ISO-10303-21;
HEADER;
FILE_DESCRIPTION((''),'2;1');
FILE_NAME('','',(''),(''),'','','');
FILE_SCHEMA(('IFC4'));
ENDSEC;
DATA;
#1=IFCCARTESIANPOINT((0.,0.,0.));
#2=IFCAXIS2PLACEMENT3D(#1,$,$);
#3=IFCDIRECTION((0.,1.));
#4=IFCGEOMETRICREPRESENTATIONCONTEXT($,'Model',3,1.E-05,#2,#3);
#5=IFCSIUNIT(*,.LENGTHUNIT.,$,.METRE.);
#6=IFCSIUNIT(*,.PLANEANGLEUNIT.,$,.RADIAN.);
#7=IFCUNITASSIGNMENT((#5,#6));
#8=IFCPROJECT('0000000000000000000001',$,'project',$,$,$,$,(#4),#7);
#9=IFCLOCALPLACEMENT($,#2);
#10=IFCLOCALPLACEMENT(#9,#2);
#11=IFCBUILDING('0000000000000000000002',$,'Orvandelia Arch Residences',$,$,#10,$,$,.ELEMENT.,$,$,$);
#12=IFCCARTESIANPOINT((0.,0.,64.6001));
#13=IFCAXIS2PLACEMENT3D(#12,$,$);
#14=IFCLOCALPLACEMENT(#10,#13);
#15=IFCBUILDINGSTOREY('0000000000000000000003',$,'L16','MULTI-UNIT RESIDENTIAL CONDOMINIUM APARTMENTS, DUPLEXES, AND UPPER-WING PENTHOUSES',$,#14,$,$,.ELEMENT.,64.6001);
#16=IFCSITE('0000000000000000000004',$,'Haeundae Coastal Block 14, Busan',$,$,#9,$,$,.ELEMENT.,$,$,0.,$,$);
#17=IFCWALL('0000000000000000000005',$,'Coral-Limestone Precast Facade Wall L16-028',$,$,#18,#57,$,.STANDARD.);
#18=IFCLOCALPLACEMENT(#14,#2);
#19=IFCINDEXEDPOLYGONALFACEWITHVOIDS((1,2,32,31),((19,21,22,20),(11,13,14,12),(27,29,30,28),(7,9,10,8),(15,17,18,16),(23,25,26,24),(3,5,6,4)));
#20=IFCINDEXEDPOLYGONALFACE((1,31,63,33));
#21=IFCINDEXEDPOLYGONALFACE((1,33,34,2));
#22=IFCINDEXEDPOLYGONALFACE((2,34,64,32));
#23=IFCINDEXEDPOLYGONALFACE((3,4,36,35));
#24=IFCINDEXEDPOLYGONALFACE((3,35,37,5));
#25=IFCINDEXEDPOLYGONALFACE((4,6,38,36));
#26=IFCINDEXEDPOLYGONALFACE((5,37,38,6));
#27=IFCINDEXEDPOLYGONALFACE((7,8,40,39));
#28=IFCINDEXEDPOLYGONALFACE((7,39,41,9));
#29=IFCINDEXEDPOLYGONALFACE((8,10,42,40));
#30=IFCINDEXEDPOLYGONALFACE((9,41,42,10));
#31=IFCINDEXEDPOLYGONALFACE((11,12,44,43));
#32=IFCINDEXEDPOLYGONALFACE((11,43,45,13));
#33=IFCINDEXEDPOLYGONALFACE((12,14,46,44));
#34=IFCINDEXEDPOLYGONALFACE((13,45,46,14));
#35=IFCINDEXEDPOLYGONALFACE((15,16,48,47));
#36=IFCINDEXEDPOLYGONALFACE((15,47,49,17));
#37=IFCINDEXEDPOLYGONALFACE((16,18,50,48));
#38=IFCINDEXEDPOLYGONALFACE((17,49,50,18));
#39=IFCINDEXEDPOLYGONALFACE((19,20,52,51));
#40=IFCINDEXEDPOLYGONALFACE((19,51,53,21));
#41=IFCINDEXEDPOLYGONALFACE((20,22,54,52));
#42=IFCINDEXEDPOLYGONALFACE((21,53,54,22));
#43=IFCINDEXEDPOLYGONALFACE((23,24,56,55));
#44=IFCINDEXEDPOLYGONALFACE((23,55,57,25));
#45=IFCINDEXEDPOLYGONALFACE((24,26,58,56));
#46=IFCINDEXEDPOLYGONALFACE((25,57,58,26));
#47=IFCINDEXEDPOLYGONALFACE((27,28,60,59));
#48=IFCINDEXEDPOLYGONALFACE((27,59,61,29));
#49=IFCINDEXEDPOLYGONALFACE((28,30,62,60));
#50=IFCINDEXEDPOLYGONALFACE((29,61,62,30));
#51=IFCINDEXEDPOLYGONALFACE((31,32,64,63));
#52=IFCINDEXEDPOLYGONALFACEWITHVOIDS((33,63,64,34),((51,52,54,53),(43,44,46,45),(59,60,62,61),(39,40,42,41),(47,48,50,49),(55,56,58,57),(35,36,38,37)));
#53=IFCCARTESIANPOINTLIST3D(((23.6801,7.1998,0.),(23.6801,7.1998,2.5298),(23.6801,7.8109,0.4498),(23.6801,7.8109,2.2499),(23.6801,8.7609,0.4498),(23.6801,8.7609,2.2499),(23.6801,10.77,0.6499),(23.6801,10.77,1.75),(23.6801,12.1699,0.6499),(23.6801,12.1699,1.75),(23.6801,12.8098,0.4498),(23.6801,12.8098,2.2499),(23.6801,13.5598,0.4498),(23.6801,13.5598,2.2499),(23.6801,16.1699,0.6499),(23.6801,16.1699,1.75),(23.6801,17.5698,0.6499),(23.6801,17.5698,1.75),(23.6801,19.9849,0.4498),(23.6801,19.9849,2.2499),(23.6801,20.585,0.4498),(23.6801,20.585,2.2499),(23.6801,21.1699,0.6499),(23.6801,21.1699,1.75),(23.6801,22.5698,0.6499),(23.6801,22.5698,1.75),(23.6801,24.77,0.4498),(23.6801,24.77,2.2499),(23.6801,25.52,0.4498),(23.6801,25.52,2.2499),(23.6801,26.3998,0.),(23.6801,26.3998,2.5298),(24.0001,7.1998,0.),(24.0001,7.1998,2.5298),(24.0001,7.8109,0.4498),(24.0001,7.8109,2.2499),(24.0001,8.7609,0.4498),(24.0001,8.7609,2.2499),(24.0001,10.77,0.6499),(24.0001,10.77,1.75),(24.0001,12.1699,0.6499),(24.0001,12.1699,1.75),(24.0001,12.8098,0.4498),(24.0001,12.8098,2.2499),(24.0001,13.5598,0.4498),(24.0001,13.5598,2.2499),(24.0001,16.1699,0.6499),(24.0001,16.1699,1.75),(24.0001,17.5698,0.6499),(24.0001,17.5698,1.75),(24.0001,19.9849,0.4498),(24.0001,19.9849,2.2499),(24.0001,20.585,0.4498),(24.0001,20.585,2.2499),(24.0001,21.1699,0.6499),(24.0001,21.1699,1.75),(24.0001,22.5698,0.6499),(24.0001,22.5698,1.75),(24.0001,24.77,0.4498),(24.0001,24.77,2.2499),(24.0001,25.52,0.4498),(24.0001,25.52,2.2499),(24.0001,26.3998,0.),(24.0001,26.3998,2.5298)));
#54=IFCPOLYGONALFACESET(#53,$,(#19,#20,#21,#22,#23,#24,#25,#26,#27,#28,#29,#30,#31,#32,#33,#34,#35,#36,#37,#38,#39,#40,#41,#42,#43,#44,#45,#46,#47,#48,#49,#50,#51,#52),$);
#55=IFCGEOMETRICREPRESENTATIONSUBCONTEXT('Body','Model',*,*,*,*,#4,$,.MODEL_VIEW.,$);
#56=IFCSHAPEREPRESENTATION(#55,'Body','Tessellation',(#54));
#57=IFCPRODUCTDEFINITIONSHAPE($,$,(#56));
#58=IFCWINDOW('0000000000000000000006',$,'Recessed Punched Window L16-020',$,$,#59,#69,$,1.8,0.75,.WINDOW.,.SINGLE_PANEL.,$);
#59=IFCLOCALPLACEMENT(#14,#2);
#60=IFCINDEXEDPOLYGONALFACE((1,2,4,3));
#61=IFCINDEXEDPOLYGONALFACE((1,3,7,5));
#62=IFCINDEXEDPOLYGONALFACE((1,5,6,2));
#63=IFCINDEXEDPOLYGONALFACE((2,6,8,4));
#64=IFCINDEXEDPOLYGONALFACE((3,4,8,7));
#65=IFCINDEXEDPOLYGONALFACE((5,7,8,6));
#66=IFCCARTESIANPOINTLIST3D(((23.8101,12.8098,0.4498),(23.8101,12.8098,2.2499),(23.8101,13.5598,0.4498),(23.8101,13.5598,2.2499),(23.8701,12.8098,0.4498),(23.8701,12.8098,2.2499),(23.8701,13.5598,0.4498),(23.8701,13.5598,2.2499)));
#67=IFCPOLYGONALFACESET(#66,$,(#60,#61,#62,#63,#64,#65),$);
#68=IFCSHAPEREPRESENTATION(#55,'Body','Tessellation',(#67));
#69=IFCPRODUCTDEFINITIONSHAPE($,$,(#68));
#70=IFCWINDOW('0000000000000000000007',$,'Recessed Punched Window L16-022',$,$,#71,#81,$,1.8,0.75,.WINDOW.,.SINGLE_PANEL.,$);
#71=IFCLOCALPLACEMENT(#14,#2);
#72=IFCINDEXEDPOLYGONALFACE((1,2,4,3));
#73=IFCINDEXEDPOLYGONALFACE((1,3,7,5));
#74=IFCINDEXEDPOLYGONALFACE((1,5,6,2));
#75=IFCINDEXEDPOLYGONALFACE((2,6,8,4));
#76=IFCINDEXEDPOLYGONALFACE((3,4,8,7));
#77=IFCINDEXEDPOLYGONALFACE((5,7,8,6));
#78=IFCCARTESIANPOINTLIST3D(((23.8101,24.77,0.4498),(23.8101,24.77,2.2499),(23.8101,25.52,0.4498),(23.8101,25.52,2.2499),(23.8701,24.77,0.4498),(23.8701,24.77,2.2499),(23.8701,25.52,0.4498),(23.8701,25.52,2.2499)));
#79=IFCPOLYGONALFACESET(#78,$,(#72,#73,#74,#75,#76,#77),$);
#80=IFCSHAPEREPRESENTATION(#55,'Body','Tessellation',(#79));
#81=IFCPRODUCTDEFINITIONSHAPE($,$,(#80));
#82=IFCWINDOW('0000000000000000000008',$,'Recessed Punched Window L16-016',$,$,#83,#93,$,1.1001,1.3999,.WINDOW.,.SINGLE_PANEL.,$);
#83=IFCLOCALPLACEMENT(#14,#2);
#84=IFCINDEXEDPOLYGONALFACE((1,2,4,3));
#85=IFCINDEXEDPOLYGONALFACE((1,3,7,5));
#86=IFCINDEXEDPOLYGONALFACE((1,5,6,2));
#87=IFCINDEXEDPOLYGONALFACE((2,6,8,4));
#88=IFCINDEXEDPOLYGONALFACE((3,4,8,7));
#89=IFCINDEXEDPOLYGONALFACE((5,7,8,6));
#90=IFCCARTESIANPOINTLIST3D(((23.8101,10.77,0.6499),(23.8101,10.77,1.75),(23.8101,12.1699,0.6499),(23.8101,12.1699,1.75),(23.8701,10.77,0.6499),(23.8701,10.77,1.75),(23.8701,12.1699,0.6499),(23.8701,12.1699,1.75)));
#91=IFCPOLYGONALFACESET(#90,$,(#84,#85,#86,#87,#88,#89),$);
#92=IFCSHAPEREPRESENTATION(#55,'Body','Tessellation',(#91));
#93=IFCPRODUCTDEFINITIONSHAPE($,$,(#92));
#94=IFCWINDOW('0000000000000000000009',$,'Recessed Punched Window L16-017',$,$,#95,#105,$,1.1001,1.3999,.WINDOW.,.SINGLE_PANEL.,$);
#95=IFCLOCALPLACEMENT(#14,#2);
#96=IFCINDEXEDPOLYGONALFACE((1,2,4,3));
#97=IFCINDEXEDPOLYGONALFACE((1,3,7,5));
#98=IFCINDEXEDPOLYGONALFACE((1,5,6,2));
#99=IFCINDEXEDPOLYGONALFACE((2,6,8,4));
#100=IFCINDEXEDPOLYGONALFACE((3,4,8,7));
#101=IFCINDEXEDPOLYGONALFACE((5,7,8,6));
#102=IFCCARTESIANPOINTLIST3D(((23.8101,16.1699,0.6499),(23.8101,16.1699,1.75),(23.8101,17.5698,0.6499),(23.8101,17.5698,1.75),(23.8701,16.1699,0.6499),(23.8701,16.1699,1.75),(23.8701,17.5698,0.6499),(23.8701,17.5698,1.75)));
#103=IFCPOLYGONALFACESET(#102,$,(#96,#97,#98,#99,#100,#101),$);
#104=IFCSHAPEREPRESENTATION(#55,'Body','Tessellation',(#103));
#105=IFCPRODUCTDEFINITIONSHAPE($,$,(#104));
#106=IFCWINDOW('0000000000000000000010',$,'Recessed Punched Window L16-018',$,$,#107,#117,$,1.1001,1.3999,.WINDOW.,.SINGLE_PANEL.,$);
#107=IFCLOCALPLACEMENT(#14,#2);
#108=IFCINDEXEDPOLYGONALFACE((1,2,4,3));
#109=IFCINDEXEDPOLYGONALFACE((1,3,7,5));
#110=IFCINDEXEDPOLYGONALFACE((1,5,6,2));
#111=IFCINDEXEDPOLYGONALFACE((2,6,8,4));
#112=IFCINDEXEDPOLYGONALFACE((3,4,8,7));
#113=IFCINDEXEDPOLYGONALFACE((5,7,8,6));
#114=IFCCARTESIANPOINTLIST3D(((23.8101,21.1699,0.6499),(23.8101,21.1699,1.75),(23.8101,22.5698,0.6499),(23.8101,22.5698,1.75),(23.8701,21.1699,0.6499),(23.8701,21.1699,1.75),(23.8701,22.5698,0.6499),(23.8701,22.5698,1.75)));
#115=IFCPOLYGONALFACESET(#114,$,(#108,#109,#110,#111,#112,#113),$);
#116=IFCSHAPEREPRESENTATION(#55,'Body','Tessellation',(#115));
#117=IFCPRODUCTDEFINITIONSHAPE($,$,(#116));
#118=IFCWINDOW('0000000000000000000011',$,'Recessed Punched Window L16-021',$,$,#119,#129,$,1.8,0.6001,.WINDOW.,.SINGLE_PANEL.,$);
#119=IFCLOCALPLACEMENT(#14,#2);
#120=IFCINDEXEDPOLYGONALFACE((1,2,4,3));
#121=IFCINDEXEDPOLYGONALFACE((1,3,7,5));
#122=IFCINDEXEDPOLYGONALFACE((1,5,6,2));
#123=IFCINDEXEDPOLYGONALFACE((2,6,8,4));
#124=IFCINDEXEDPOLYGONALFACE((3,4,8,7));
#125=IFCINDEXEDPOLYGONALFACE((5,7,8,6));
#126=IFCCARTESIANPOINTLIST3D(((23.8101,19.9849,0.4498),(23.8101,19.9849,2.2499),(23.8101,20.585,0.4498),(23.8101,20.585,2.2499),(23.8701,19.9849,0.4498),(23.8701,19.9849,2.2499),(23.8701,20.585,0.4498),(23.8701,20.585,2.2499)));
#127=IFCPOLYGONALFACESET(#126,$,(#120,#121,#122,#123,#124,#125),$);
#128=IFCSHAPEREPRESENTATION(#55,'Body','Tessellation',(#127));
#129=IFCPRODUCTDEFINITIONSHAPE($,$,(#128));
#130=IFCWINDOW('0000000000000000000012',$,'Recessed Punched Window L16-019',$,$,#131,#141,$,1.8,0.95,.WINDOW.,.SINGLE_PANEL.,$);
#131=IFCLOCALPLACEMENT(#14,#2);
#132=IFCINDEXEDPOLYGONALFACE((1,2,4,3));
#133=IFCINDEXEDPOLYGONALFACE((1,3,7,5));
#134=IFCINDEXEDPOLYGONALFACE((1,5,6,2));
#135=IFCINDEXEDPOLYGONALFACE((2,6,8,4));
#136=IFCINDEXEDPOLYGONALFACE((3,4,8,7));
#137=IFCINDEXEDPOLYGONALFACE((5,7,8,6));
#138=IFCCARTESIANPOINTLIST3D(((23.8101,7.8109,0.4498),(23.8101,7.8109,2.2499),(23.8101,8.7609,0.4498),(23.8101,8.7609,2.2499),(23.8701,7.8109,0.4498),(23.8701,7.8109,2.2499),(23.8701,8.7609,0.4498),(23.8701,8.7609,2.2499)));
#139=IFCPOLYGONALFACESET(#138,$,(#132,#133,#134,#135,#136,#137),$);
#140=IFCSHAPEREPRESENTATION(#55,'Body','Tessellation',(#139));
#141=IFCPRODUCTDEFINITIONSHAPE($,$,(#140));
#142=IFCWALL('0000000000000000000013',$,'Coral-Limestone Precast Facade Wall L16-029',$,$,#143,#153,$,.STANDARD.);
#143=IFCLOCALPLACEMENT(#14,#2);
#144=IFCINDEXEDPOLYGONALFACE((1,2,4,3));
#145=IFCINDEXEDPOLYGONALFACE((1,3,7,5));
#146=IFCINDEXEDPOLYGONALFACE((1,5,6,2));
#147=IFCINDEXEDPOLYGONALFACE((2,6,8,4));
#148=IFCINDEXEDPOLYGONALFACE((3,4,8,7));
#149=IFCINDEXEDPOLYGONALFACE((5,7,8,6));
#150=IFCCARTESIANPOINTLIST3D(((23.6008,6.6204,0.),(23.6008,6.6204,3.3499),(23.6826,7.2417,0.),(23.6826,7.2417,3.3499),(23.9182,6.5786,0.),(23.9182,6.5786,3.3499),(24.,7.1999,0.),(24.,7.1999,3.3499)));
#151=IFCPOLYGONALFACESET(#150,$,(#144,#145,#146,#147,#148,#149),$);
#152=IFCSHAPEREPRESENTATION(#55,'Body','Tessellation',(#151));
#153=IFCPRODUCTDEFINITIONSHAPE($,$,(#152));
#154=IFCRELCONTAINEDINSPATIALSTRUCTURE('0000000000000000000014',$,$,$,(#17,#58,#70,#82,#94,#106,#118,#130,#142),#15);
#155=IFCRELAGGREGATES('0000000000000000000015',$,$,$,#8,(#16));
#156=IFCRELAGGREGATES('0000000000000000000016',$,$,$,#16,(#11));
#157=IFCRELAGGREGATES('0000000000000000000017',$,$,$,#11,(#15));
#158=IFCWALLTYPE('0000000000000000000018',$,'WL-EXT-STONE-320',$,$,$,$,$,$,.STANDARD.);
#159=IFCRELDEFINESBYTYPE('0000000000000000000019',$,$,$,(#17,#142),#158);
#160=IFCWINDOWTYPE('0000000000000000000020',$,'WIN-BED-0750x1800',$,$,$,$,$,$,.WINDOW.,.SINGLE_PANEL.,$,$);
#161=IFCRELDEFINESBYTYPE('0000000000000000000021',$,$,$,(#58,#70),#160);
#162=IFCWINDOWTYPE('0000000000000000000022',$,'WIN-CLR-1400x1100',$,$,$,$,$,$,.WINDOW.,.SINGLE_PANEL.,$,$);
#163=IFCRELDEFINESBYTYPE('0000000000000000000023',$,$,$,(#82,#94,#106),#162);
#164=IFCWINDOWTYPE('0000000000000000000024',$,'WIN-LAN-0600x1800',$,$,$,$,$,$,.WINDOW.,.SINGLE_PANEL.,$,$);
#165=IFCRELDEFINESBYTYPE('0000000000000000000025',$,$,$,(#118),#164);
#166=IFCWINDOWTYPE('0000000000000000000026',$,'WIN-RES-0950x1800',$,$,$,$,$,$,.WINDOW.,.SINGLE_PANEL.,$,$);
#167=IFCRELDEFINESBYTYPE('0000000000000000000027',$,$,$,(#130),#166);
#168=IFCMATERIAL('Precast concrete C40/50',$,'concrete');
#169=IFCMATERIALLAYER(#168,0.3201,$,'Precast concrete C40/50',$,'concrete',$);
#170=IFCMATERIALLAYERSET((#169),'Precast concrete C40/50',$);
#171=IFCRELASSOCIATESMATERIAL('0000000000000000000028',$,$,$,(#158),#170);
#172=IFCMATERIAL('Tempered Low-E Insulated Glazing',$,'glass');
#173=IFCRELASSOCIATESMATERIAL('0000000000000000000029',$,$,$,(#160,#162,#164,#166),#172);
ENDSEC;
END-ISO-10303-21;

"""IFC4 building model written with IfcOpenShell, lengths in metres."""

from ifc_helpers import new_model, si_unit, direction, frame, frame_2d, origin, place, context, subcontext, project, spatial, rectangle, extrude, material, layer, layer_set, type_object, element, fill, save


model = new_model("IFC4")

# Units and contexts
model_context = context("Model", 3, precision=1e-05, world=origin(), true_north=direction((0.0, 1.0)))
body_context = subcontext(model_context, "Body", "Model", "MODEL_VIEW")
ifc_project = project(units=[si_unit("LENGTHUNIT", "METRE"), si_unit("PLANEANGLEUNIT", "RADIAN")], contexts=[model_context])

# Site, building, storey
site_placement = place(None, origin())
site = spatial("IfcSite", under=ifc_project, at=site_placement, Name="Haeundae Coastal Block 14, Busan", CompositionType="ELEMENT", RefElevation=0.0)
building_placement = place(site_placement, origin())
building = spatial("IfcBuilding", under=site, at=building_placement, Name="Orvandelia Arch Residences", CompositionType="ELEMENT")
storey_placement = place(building_placement, frame((0.0, 0.0, 64.6001)))
storey = spatial("IfcBuildingStorey", under=building, at=storey_placement, Name="L16", Description="MULTI-UNIT RESIDENTIAL CONDOMINIUM APARTMENTS, DUPLEXES, AND UPPER-WING PENTHOUSES", CompositionType="ELEMENT", Elevation=64.6001)

# Shared definitions
ifc_material_1 = material(Name="Precast concrete C40/50", Category="concrete")
ifc_layer = layer(ifc_material_1, 0.3201, Name="Precast concrete C40/50", Category="concrete")
ifc_layer_set = layer_set([ifc_layer], Name="Precast concrete C40/50")
wall_type = type_object("IfcWallType", Name="WL-EXT-STONE-320", PredefinedType="STANDARD", material=ifc_layer_set)

# Wall, openings, windows
wall_1_placement = place(storey_placement, frame((23.8401, 26.3999, 0.0), z_axis=(0.0, 0.0, 1.0), x_axis=(0.0, -1.0, 0.0)))
wall_1 = element("IfcWall", 1, at=wall_1_placement, inside=storey, type_object=wall_type, Name="Coral-Limestone Precast Facade Wall L16-028", PredefinedType="STANDARD", context=body_context, shape_type="SweptSolid", body=[
    extrude(rectangle(XDim=19.2, YDim=0.3201, at=frame_2d((9.6001, 0.0))), origin(), (0.0, 0.0, 1.0), 2.5298),
])
opening_1_placement = place(wall_1_placement, frame((14.23, 0.0, 0.6499)))
opening_1 = element("IfcOpeningElement", 2, at=opening_1_placement, cuts=wall_1, PredefinedType="OPENING", context=body_context, shape_type="SweptSolid", body=[
    extrude(rectangle(XDim=1.3999, YDim=1.1001, at=frame_2d((0.7, 0.55))), frame((0.0, 0.1699, 0.0), z_axis=(0.0, -1.0, 0.0), x_axis=(1.0, 0.0, 0.0)), (0.0, 0.0, 1.0), 0.3401),
])
opening_2_placement = place(wall_1_placement, frame((8.8301, 0.0, 0.6499)))
opening_2 = element("IfcOpeningElement", 3, at=opening_2_placement, cuts=wall_1, PredefinedType="OPENING", context=body_context, shape_type="SweptSolid", body=[
    extrude(rectangle(XDim=1.3999, YDim=1.1001, at=frame_2d((0.7, 0.55))), frame((0.0, 0.1699, 0.0), z_axis=(0.0, -1.0, 0.0), x_axis=(1.0, 0.0, 0.0)), (0.0, 0.0, 1.0), 0.3401),
])
opening_3_placement = place(wall_1_placement, frame((3.8301, 0.0, 0.6499)))
opening_3 = element("IfcOpeningElement", 4, at=opening_3_placement, cuts=wall_1, PredefinedType="OPENING", context=body_context, shape_type="SweptSolid", body=[
    extrude(rectangle(XDim=1.3999, YDim=1.1001, at=frame_2d((0.7, 0.55))), frame((0.0, 0.1699, 0.0), z_axis=(0.0, -1.0, 0.0), x_axis=(1.0, 0.0, 0.0)), (0.0, 0.0, 1.0), 0.3401),
])
opening_4_placement = place(wall_1_placement, frame((17.6389, 0.0, 0.45)))
opening_4 = element("IfcOpeningElement", 5, at=opening_4_placement, cuts=wall_1, PredefinedType="OPENING", context=body_context, shape_type="SweptSolid", body=[
    extrude(rectangle(XDim=0.95, YDim=1.8, at=frame_2d((0.4751, 0.8999))), frame((0.0, 0.1699, 0.0), z_axis=(0.0, -1.0, 0.0), x_axis=(1.0, 0.0, 0.0)), (0.0, 0.0, 1.0), 0.3401),
])
opening_5_placement = place(wall_1_placement, frame((12.8401, 0.0, 0.45)))
opening_5 = element("IfcOpeningElement", 6, at=opening_5_placement, cuts=wall_1, PredefinedType="OPENING", context=body_context, shape_type="SweptSolid", body=[
    extrude(rectangle(XDim=0.75, YDim=1.8, at=frame_2d((0.375, 0.8999))), frame((0.0, 0.1699, 0.0), z_axis=(0.0, -1.0, 0.0), x_axis=(1.0, 0.0, 0.0)), (0.0, 0.0, 1.0), 0.3401),
])
opening_6_placement = place(wall_1_placement, frame((5.8149, 0.0, 0.45)))
opening_6 = element("IfcOpeningElement", 7, at=opening_6_placement, cuts=wall_1, PredefinedType="OPENING", context=body_context, shape_type="SweptSolid", body=[
    extrude(rectangle(XDim=0.6001, YDim=1.8, at=frame_2d((0.3, 0.8999))), frame((0.0, 0.1699, 0.0), z_axis=(0.0, -1.0, 0.0), x_axis=(1.0, 0.0, 0.0)), (0.0, 0.0, 1.0), 0.3401),
])
opening_7_placement = place(wall_1_placement, frame((0.8799, 0.0, 0.45)))
opening_7 = element("IfcOpeningElement", 8, at=opening_7_placement, cuts=wall_1, PredefinedType="OPENING", context=body_context, shape_type="SweptSolid", body=[
    extrude(rectangle(XDim=0.75, YDim=1.8, at=frame_2d((0.375, 0.8999))), frame((0.0, 0.1699, 0.0), z_axis=(0.0, -1.0, 0.0), x_axis=(1.0, 0.0, 0.0)), (0.0, 0.0, 1.0), 0.3401),
])
ifc_material_2 = material(Name="Tempered Low-E Insulated Glazing", Category="glass")
window_type_1 = type_object("IfcWindowType", Name="WIN-BED-0750x1800", PartitioningType="SINGLE_PANEL", PredefinedType="WINDOW", material=ifc_material_2)
window_1_placement = place(opening_5_placement, origin())
window_1 = element("IfcWindow", 9, at=window_1_placement, inside=storey, type_object=window_type_1, Name="Recessed Punched Window L16-020", OverallHeight=1.8, OverallWidth=0.75, PartitioningType="SINGLE_PANEL", PredefinedType="WINDOW", context=body_context, shape_type="SweptSolid", body=[
    extrude(rectangle(XDim=0.75, YDim=1.8, at=frame_2d((0.375, 0.8999))), frame((0.0, 0.03, 0.0), z_axis=(0.0, -1.0, 0.0), x_axis=(1.0, 0.0, 0.0)), (0.0, 0.0, 1.0), 0.0601),
])
fill(opening_5, window_1)
window_2_placement = place(opening_7_placement, origin())
window_2 = element("IfcWindow", 10, at=window_2_placement, inside=storey, type_object=window_type_1, Name="Recessed Punched Window L16-022", OverallHeight=1.8, OverallWidth=0.75, PartitioningType="SINGLE_PANEL", PredefinedType="WINDOW", context=body_context, shape_type="SweptSolid", body=[
    extrude(rectangle(XDim=0.75, YDim=1.8, at=frame_2d((0.375, 0.8999))), frame((0.0, 0.03, 0.0), z_axis=(0.0, -1.0, 0.0), x_axis=(1.0, 0.0, 0.0)), (0.0, 0.0, 1.0), 0.0601),
])
fill(opening_7, window_2)
window_type_2 = type_object("IfcWindowType", Name="WIN-CLR-1400x1100", PartitioningType="SINGLE_PANEL", PredefinedType="WINDOW", material=ifc_material_2)
window_3_placement = place(opening_1_placement, origin())
window_3 = element("IfcWindow", 11, at=window_3_placement, inside=storey, type_object=window_type_2, Name="Recessed Punched Window L16-016", OverallHeight=1.1001, OverallWidth=1.3999, PartitioningType="SINGLE_PANEL", PredefinedType="WINDOW", context=body_context, shape_type="SweptSolid", body=[
    extrude(rectangle(XDim=1.3999, YDim=1.1001, at=frame_2d((0.7, 0.55))), frame((0.0, 0.03, 0.0), z_axis=(0.0, -1.0, 0.0), x_axis=(1.0, 0.0, 0.0)), (0.0, 0.0, 1.0), 0.0601),
])
fill(opening_1, window_3)
window_4_placement = place(opening_2_placement, origin())
window_4 = element("IfcWindow", 12, at=window_4_placement, inside=storey, type_object=window_type_2, Name="Recessed Punched Window L16-017", OverallHeight=1.1001, OverallWidth=1.3999, PartitioningType="SINGLE_PANEL", PredefinedType="WINDOW", context=body_context, shape_type="SweptSolid", body=[
    extrude(rectangle(XDim=1.3999, YDim=1.1001, at=frame_2d((0.7, 0.55))), frame((0.0, 0.03, 0.0), z_axis=(0.0, -1.0, 0.0), x_axis=(1.0, 0.0, 0.0)), (0.0, 0.0, 1.0), 0.0601),
])
fill(opening_2, window_4)
window_5_placement = place(opening_3_placement, origin())
window_5 = element("IfcWindow", 13, at=window_5_placement, inside=storey, type_object=window_type_2, Name="Recessed Punched Window L16-018", OverallHeight=1.1001, OverallWidth=1.3999, PartitioningType="SINGLE_PANEL", PredefinedType="WINDOW", context=body_context, shape_type="SweptSolid", body=[
    extrude(rectangle(XDim=1.3999, YDim=1.1001, at=frame_2d((0.7, 0.55))), frame((0.0, 0.03, 0.0), z_axis=(0.0, -1.0, 0.0), x_axis=(1.0, 0.0, 0.0)), (0.0, 0.0, 1.0), 0.0601),
])
fill(opening_3, window_5)
window_type_3 = type_object("IfcWindowType", Name="WIN-LAN-0600x1800", PartitioningType="SINGLE_PANEL", PredefinedType="WINDOW", material=ifc_material_2)
window_6_placement = place(opening_6_placement, origin())
window_6 = element("IfcWindow", 14, at=window_6_placement, inside=storey, type_object=window_type_3, Name="Recessed Punched Window L16-021", OverallHeight=1.8, OverallWidth=0.6001, PartitioningType="SINGLE_PANEL", PredefinedType="WINDOW", context=body_context, shape_type="SweptSolid", body=[
    extrude(rectangle(XDim=0.6001, YDim=1.8, at=frame_2d((0.3, 0.8999))), frame((0.0, 0.03, 0.0), z_axis=(0.0, -1.0, 0.0), x_axis=(1.0, 0.0, 0.0)), (0.0, 0.0, 1.0), 0.0601),
])
fill(opening_6, window_6)
window_type_4 = type_object("IfcWindowType", Name="WIN-RES-0950x1800", PartitioningType="SINGLE_PANEL", PredefinedType="WINDOW", material=ifc_material_2)
window_7_placement = place(opening_4_placement, origin())
window_7 = element("IfcWindow", 15, at=window_7_placement, inside=storey, type_object=window_type_4, Name="Recessed Punched Window L16-019", OverallHeight=1.8, OverallWidth=0.95, PartitioningType="SINGLE_PANEL", PredefinedType="WINDOW", context=body_context, shape_type="SweptSolid", body=[
    extrude(rectangle(XDim=0.95, YDim=1.8, at=frame_2d((0.4751, 0.8999))), frame((0.0, 0.03, 0.0), z_axis=(0.0, -1.0, 0.0), x_axis=(1.0, 0.0, 0.0)), (0.0, 0.0, 1.0), 0.0601),
])
fill(opening_4, window_7)

# Wall
wall_2_placement = place(storey_placement, frame((23.8413, 7.2209, 0.0), z_axis=(0.0, 0.0, 1.0), x_axis=(-0.130505, -0.991448, 0.0)))
element("IfcWall", 16, at=wall_2_placement, inside=storey, type_object=wall_type, Name="Coral-Limestone Precast Facade Wall L16-029", PredefinedType="STANDARD", context=body_context, shape_type="SweptSolid", body=[
    extrude(rectangle(XDim=0.6267, YDim=0.3201, at=frame_2d((0.3135, 0.0))), origin(), (0.0, 0.0, 1.0), 3.3499),
])

save(model, "model.ifc")
